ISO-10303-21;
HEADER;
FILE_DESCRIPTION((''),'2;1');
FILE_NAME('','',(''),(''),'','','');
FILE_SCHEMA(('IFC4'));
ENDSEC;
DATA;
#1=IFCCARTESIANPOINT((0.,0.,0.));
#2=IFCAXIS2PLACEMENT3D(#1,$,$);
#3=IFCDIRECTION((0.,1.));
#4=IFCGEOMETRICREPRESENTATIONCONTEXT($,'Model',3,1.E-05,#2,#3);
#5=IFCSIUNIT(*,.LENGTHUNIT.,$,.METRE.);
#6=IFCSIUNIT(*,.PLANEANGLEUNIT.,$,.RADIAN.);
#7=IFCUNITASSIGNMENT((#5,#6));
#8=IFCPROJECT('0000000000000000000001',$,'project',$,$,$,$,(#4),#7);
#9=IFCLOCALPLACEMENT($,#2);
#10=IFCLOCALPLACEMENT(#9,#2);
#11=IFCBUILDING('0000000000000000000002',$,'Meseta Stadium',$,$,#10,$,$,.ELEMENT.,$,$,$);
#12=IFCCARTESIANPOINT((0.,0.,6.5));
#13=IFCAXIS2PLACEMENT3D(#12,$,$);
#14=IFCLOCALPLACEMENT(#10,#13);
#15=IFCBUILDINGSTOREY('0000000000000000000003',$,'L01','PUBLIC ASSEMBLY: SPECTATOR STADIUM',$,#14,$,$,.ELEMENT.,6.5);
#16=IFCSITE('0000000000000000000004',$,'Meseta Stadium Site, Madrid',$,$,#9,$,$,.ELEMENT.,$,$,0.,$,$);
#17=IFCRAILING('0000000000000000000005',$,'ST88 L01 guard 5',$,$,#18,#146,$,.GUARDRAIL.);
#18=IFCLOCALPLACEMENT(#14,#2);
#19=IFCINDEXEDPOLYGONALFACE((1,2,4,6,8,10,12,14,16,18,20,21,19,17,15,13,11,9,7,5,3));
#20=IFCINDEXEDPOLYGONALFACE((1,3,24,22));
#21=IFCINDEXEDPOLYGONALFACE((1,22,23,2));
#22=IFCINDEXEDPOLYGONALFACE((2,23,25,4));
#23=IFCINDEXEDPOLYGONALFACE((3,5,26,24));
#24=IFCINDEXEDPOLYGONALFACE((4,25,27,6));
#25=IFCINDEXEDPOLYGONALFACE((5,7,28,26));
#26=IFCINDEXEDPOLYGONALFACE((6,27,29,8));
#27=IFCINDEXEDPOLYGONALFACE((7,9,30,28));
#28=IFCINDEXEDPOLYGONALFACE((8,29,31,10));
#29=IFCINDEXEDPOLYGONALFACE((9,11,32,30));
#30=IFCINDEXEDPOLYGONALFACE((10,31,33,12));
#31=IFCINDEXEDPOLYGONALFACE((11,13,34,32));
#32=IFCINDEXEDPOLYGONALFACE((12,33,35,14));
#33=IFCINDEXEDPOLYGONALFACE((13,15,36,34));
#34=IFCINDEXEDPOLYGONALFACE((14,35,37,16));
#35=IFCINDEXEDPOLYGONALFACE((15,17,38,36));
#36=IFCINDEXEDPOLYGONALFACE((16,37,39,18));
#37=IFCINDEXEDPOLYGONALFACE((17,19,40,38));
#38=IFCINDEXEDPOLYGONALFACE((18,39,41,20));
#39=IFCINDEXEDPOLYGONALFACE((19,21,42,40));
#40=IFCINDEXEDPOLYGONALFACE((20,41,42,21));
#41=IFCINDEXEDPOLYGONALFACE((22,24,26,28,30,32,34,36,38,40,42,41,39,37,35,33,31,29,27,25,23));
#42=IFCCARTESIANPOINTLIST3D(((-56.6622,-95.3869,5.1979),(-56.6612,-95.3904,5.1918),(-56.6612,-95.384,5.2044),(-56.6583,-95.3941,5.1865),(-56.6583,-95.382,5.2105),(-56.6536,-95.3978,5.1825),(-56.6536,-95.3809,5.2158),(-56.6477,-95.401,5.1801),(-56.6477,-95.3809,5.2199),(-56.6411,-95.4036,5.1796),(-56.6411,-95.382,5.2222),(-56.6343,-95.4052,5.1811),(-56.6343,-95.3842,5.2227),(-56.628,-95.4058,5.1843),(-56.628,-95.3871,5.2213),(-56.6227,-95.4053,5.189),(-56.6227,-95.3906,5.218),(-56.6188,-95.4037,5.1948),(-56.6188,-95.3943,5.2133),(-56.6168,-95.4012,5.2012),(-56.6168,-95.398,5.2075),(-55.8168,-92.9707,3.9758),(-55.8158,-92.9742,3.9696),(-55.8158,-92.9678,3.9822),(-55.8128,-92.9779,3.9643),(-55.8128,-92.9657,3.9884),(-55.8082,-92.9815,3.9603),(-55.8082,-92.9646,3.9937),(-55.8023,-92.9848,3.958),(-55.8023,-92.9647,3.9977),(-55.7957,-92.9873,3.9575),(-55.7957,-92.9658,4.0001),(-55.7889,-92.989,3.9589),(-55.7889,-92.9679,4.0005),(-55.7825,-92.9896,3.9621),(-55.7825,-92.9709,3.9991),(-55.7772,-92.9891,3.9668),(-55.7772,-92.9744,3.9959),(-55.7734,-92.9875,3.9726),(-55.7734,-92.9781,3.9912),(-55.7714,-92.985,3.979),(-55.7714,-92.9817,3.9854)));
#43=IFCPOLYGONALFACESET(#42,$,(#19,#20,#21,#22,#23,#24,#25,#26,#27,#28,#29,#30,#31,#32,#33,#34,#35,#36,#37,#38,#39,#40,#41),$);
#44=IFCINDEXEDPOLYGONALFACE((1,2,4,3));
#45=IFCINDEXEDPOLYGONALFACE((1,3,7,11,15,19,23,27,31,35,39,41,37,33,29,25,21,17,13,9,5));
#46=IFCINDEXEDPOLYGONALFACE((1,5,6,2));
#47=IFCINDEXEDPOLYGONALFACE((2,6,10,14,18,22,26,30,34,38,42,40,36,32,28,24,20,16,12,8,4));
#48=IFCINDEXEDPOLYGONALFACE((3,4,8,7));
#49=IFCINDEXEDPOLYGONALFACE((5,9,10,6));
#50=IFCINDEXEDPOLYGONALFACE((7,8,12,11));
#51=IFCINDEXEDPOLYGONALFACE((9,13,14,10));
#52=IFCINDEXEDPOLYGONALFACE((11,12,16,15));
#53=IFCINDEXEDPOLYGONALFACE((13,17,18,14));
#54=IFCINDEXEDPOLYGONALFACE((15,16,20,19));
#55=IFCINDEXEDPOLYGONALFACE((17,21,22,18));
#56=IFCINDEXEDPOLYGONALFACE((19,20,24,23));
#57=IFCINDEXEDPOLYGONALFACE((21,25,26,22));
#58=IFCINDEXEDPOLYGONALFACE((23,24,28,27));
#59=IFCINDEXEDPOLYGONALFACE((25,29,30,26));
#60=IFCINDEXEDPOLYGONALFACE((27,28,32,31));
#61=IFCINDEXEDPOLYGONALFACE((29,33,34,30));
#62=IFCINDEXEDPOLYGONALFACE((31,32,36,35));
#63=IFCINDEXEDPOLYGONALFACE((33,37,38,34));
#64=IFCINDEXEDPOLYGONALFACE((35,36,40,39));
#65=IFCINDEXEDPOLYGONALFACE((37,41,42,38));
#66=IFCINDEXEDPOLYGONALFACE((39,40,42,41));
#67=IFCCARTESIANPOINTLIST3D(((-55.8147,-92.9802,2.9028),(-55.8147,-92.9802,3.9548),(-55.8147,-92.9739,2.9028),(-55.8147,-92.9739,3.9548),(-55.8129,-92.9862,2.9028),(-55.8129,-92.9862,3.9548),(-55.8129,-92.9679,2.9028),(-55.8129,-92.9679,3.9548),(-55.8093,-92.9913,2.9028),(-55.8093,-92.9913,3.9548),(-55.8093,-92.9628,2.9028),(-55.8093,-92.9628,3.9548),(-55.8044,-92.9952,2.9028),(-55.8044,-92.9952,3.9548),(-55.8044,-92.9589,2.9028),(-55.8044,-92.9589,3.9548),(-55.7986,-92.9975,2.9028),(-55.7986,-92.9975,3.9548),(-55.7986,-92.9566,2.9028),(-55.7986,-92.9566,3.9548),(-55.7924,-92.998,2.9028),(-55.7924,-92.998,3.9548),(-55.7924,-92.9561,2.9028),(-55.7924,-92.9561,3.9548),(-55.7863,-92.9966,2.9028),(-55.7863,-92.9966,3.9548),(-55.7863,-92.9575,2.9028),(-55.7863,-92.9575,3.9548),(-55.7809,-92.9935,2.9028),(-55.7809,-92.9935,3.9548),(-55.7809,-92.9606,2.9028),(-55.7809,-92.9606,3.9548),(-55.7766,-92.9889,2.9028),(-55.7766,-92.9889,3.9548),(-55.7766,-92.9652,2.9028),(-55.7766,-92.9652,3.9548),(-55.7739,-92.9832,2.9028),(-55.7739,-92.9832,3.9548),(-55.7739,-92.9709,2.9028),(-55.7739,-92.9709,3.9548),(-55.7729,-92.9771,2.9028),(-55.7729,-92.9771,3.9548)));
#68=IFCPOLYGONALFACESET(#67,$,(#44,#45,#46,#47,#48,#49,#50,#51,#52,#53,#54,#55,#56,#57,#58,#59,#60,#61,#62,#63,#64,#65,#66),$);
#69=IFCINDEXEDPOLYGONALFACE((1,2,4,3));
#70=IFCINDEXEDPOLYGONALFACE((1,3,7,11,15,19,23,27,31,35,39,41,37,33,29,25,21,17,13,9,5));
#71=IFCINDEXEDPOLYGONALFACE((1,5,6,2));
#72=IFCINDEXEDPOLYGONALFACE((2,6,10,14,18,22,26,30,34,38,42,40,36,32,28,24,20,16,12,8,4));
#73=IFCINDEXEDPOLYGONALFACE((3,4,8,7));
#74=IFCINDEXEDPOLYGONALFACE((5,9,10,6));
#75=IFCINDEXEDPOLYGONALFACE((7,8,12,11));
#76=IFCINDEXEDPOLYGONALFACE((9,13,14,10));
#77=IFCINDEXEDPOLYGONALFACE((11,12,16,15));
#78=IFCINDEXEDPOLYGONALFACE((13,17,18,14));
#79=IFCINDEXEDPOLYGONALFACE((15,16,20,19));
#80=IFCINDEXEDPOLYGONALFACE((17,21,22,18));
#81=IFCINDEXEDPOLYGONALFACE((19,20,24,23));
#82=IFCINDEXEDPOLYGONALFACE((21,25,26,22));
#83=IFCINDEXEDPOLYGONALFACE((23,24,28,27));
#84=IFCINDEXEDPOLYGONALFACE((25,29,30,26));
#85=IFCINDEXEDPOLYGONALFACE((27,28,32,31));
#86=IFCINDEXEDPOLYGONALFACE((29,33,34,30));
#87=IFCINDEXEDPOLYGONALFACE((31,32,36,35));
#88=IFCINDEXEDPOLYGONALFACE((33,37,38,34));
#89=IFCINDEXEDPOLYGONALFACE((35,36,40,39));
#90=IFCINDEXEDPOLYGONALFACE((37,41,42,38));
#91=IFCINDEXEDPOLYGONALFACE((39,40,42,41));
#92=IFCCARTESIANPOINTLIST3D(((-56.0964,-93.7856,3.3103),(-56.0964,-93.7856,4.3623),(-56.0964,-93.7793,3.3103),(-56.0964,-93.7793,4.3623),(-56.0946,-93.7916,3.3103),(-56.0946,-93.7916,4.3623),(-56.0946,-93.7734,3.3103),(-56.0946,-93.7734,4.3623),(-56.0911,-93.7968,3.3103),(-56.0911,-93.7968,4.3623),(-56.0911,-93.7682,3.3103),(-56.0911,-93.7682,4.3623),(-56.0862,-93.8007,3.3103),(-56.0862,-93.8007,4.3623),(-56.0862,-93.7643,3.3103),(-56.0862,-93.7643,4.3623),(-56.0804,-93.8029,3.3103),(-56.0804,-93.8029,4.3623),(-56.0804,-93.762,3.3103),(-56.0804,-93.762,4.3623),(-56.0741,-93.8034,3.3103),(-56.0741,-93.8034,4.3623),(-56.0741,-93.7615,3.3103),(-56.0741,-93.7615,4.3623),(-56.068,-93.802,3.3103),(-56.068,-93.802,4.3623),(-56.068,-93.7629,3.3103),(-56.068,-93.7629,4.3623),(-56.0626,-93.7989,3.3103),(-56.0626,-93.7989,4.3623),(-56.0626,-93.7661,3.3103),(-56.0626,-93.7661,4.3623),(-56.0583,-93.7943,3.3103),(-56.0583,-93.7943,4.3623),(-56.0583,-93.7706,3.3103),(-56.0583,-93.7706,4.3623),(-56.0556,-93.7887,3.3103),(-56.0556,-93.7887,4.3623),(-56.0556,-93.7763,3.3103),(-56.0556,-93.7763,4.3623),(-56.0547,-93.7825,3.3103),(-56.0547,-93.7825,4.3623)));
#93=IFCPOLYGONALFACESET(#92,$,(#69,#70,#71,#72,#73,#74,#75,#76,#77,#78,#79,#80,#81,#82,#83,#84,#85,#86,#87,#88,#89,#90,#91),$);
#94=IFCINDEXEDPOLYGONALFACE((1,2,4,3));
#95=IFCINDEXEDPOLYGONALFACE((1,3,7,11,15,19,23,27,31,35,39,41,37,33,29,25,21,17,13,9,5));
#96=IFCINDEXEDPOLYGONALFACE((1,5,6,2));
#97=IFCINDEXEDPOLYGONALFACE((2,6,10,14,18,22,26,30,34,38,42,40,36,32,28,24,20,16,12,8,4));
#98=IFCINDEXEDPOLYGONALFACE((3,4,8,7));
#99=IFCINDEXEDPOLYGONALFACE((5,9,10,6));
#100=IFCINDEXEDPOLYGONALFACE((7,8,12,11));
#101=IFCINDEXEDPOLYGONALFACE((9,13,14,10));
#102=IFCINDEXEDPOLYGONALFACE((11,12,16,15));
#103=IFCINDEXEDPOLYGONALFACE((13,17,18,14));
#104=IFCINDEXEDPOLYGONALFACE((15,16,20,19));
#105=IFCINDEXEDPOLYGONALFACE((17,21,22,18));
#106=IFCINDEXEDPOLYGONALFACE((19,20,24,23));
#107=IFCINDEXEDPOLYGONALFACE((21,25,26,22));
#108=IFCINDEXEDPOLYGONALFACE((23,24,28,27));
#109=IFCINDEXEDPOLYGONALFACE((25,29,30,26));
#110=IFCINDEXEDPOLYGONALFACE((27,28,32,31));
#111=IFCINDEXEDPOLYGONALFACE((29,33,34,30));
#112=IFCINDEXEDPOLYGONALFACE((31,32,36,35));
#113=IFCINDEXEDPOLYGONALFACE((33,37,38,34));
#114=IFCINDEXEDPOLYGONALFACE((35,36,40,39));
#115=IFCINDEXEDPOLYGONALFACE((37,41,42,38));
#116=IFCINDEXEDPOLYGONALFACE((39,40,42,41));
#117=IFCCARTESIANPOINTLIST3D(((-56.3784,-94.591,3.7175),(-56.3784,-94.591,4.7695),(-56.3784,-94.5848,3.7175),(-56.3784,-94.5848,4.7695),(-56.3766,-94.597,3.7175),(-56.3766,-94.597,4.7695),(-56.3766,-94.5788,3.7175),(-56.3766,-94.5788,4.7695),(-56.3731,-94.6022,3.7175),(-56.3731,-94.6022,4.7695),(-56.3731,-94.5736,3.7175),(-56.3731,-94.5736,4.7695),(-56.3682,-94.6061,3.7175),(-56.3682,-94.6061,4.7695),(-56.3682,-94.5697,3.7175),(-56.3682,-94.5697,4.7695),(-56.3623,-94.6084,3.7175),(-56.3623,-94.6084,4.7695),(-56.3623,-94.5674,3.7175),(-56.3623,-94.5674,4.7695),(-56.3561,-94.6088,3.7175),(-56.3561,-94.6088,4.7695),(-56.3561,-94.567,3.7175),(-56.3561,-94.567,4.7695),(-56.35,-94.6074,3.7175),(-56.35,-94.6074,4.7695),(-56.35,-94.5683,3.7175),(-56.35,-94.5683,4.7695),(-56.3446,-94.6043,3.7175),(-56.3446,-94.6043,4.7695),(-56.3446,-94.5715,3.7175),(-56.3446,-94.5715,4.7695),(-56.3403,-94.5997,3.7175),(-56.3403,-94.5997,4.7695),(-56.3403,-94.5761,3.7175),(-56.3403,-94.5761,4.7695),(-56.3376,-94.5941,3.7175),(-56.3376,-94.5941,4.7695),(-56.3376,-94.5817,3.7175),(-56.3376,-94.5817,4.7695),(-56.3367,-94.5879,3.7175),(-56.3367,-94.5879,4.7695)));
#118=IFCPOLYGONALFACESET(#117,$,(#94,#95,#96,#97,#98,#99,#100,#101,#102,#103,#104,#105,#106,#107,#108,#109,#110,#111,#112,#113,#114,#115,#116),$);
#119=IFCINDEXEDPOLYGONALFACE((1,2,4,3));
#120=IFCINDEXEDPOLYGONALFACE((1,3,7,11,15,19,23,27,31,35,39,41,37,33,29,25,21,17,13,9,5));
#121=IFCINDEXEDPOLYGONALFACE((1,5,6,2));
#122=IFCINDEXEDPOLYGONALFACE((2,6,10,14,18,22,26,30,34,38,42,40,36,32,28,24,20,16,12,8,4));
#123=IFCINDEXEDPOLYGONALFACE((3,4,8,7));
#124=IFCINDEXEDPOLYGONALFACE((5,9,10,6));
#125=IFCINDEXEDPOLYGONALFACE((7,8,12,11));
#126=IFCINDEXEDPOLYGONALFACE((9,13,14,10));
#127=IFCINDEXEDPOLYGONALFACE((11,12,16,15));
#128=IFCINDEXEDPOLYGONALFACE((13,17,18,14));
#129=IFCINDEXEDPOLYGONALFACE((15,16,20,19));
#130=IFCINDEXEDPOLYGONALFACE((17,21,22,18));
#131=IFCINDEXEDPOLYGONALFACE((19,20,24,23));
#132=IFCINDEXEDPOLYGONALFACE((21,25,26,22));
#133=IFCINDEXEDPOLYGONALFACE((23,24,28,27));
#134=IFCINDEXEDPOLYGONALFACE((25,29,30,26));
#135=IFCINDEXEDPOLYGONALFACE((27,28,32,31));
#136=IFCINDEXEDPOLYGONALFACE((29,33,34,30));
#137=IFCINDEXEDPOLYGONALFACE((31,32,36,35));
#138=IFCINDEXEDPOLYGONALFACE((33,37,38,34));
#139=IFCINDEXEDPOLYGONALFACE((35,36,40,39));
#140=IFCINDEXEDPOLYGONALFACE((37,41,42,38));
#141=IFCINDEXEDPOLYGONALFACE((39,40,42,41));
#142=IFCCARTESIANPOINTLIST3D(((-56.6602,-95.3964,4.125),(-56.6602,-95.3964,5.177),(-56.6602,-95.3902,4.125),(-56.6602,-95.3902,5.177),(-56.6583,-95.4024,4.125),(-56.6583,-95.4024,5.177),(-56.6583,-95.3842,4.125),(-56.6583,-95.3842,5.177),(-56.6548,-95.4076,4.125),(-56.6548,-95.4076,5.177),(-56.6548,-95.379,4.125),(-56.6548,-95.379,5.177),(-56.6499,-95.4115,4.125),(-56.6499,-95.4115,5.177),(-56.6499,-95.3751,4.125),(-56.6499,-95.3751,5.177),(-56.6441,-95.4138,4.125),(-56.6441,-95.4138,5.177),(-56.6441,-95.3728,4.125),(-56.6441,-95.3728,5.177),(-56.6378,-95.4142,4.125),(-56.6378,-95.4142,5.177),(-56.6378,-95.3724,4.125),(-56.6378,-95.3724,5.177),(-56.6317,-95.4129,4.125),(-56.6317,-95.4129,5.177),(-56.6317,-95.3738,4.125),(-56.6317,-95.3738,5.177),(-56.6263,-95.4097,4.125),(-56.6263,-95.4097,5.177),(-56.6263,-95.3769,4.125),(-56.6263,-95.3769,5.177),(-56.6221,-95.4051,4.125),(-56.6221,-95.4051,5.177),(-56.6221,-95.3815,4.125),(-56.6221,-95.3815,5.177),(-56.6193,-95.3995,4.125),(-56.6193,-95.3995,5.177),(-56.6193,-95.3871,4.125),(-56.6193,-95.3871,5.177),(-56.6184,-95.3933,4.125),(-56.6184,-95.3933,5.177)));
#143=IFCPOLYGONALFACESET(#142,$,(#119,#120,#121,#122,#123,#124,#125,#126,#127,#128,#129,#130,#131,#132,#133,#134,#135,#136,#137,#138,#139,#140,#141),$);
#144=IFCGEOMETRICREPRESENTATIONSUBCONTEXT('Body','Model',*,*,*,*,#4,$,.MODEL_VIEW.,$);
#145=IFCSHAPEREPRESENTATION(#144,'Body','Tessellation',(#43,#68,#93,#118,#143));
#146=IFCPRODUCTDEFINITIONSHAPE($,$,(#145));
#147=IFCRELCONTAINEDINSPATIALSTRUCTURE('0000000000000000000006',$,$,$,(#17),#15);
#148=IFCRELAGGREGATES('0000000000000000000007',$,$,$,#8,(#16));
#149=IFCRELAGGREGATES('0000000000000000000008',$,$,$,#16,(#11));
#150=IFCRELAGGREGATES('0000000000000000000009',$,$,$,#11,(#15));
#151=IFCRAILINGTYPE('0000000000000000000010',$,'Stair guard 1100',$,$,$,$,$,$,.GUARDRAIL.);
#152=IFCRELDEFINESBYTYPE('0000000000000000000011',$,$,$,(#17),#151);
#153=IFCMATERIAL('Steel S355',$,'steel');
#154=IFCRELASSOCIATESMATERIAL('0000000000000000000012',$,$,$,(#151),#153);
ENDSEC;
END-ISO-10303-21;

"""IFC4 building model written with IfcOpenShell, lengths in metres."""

from ifc_helpers import new_model, si_unit, direction, frame, origin, origin_2d, place, context, subcontext, project, spatial, circle, extrude, material, type_object, element, save


model = new_model("IFC4")

# Units and contexts
model_context = context("Model", 3, precision=1e-05, world=origin(), true_north=direction((0.0, 1.0)))
body_context = subcontext(model_context, "Body", "Model", "MODEL_VIEW")
ifc_project = project(units=[si_unit("LENGTHUNIT", "METRE"), si_unit("PLANEANGLEUNIT", "RADIAN")], contexts=[model_context])

# Site, building, storey
site_placement = place(None, origin())
site = spatial("IfcSite", under=ifc_project, at=site_placement, Name="Meseta Stadium Site, Madrid", CompositionType="ELEMENT", RefElevation=0.0)
building_placement = place(site_placement, origin())
building = spatial("IfcBuilding", under=site, at=building_placement, Name="Meseta Stadium", CompositionType="ELEMENT")
storey_placement = place(building_placement, frame((0.0, 0.0, 6.5)))
storey = spatial("IfcBuildingStorey", under=building, at=storey_placement, Name="L01", Description="PUBLIC ASSEMBLY: SPECTATOR STADIUM", CompositionType="ELEMENT", Elevation=6.5)

# Railing
ifc_material_1 = material(Name="Steel S355", Category="steel")
railing_type_1 = type_object("IfcRailingType", Name="Stair guard 1100", PredefinedType="GUARDRAIL", material=ifc_material_1)
for number, where, name in (
    (1, (-55.7939, -92.9771, 2.9028), "ST88 L01 guard 5"),
):
    element("IfcRailing", number, at=place(storey_placement, frame(where)), inside=storey, type_object=railing_type_1, Name=name, PredefinedType="GUARDRAIL", context=body_context, shape_type="SweptSolid", body=[
        extrude(circle(Radius=0.0239, at=origin_2d()), frame((0.0, 0.0, 1.0762), z_axis=(-0.298044, -0.851789, 0.430843), x_axis=(0.943887, -0.33027, 0.0)), (0.0, 0.0, 1.0), 2.8367),
        extrude(circle(Radius=0.021, at=origin_2d()), origin(), (0.0, 0.0, 1.0), 1.052),
        extrude(circle(Radius=0.021, at=origin_2d()), frame((-0.2817, -0.8054, 0.4075)), (0.0, 0.0, 1.0), 1.052),
        extrude(circle(Radius=0.021, at=origin_2d()), frame((-0.5637, -1.6108, 0.8147)), (0.0, 0.0, 1.0), 1.052),
        extrude(circle(Radius=0.021, at=origin_2d()), frame((-0.8455, -2.4163, 1.2222)), (0.0, 0.0, 1.0), 1.052),
    ])

save(model, "model.ifc")
